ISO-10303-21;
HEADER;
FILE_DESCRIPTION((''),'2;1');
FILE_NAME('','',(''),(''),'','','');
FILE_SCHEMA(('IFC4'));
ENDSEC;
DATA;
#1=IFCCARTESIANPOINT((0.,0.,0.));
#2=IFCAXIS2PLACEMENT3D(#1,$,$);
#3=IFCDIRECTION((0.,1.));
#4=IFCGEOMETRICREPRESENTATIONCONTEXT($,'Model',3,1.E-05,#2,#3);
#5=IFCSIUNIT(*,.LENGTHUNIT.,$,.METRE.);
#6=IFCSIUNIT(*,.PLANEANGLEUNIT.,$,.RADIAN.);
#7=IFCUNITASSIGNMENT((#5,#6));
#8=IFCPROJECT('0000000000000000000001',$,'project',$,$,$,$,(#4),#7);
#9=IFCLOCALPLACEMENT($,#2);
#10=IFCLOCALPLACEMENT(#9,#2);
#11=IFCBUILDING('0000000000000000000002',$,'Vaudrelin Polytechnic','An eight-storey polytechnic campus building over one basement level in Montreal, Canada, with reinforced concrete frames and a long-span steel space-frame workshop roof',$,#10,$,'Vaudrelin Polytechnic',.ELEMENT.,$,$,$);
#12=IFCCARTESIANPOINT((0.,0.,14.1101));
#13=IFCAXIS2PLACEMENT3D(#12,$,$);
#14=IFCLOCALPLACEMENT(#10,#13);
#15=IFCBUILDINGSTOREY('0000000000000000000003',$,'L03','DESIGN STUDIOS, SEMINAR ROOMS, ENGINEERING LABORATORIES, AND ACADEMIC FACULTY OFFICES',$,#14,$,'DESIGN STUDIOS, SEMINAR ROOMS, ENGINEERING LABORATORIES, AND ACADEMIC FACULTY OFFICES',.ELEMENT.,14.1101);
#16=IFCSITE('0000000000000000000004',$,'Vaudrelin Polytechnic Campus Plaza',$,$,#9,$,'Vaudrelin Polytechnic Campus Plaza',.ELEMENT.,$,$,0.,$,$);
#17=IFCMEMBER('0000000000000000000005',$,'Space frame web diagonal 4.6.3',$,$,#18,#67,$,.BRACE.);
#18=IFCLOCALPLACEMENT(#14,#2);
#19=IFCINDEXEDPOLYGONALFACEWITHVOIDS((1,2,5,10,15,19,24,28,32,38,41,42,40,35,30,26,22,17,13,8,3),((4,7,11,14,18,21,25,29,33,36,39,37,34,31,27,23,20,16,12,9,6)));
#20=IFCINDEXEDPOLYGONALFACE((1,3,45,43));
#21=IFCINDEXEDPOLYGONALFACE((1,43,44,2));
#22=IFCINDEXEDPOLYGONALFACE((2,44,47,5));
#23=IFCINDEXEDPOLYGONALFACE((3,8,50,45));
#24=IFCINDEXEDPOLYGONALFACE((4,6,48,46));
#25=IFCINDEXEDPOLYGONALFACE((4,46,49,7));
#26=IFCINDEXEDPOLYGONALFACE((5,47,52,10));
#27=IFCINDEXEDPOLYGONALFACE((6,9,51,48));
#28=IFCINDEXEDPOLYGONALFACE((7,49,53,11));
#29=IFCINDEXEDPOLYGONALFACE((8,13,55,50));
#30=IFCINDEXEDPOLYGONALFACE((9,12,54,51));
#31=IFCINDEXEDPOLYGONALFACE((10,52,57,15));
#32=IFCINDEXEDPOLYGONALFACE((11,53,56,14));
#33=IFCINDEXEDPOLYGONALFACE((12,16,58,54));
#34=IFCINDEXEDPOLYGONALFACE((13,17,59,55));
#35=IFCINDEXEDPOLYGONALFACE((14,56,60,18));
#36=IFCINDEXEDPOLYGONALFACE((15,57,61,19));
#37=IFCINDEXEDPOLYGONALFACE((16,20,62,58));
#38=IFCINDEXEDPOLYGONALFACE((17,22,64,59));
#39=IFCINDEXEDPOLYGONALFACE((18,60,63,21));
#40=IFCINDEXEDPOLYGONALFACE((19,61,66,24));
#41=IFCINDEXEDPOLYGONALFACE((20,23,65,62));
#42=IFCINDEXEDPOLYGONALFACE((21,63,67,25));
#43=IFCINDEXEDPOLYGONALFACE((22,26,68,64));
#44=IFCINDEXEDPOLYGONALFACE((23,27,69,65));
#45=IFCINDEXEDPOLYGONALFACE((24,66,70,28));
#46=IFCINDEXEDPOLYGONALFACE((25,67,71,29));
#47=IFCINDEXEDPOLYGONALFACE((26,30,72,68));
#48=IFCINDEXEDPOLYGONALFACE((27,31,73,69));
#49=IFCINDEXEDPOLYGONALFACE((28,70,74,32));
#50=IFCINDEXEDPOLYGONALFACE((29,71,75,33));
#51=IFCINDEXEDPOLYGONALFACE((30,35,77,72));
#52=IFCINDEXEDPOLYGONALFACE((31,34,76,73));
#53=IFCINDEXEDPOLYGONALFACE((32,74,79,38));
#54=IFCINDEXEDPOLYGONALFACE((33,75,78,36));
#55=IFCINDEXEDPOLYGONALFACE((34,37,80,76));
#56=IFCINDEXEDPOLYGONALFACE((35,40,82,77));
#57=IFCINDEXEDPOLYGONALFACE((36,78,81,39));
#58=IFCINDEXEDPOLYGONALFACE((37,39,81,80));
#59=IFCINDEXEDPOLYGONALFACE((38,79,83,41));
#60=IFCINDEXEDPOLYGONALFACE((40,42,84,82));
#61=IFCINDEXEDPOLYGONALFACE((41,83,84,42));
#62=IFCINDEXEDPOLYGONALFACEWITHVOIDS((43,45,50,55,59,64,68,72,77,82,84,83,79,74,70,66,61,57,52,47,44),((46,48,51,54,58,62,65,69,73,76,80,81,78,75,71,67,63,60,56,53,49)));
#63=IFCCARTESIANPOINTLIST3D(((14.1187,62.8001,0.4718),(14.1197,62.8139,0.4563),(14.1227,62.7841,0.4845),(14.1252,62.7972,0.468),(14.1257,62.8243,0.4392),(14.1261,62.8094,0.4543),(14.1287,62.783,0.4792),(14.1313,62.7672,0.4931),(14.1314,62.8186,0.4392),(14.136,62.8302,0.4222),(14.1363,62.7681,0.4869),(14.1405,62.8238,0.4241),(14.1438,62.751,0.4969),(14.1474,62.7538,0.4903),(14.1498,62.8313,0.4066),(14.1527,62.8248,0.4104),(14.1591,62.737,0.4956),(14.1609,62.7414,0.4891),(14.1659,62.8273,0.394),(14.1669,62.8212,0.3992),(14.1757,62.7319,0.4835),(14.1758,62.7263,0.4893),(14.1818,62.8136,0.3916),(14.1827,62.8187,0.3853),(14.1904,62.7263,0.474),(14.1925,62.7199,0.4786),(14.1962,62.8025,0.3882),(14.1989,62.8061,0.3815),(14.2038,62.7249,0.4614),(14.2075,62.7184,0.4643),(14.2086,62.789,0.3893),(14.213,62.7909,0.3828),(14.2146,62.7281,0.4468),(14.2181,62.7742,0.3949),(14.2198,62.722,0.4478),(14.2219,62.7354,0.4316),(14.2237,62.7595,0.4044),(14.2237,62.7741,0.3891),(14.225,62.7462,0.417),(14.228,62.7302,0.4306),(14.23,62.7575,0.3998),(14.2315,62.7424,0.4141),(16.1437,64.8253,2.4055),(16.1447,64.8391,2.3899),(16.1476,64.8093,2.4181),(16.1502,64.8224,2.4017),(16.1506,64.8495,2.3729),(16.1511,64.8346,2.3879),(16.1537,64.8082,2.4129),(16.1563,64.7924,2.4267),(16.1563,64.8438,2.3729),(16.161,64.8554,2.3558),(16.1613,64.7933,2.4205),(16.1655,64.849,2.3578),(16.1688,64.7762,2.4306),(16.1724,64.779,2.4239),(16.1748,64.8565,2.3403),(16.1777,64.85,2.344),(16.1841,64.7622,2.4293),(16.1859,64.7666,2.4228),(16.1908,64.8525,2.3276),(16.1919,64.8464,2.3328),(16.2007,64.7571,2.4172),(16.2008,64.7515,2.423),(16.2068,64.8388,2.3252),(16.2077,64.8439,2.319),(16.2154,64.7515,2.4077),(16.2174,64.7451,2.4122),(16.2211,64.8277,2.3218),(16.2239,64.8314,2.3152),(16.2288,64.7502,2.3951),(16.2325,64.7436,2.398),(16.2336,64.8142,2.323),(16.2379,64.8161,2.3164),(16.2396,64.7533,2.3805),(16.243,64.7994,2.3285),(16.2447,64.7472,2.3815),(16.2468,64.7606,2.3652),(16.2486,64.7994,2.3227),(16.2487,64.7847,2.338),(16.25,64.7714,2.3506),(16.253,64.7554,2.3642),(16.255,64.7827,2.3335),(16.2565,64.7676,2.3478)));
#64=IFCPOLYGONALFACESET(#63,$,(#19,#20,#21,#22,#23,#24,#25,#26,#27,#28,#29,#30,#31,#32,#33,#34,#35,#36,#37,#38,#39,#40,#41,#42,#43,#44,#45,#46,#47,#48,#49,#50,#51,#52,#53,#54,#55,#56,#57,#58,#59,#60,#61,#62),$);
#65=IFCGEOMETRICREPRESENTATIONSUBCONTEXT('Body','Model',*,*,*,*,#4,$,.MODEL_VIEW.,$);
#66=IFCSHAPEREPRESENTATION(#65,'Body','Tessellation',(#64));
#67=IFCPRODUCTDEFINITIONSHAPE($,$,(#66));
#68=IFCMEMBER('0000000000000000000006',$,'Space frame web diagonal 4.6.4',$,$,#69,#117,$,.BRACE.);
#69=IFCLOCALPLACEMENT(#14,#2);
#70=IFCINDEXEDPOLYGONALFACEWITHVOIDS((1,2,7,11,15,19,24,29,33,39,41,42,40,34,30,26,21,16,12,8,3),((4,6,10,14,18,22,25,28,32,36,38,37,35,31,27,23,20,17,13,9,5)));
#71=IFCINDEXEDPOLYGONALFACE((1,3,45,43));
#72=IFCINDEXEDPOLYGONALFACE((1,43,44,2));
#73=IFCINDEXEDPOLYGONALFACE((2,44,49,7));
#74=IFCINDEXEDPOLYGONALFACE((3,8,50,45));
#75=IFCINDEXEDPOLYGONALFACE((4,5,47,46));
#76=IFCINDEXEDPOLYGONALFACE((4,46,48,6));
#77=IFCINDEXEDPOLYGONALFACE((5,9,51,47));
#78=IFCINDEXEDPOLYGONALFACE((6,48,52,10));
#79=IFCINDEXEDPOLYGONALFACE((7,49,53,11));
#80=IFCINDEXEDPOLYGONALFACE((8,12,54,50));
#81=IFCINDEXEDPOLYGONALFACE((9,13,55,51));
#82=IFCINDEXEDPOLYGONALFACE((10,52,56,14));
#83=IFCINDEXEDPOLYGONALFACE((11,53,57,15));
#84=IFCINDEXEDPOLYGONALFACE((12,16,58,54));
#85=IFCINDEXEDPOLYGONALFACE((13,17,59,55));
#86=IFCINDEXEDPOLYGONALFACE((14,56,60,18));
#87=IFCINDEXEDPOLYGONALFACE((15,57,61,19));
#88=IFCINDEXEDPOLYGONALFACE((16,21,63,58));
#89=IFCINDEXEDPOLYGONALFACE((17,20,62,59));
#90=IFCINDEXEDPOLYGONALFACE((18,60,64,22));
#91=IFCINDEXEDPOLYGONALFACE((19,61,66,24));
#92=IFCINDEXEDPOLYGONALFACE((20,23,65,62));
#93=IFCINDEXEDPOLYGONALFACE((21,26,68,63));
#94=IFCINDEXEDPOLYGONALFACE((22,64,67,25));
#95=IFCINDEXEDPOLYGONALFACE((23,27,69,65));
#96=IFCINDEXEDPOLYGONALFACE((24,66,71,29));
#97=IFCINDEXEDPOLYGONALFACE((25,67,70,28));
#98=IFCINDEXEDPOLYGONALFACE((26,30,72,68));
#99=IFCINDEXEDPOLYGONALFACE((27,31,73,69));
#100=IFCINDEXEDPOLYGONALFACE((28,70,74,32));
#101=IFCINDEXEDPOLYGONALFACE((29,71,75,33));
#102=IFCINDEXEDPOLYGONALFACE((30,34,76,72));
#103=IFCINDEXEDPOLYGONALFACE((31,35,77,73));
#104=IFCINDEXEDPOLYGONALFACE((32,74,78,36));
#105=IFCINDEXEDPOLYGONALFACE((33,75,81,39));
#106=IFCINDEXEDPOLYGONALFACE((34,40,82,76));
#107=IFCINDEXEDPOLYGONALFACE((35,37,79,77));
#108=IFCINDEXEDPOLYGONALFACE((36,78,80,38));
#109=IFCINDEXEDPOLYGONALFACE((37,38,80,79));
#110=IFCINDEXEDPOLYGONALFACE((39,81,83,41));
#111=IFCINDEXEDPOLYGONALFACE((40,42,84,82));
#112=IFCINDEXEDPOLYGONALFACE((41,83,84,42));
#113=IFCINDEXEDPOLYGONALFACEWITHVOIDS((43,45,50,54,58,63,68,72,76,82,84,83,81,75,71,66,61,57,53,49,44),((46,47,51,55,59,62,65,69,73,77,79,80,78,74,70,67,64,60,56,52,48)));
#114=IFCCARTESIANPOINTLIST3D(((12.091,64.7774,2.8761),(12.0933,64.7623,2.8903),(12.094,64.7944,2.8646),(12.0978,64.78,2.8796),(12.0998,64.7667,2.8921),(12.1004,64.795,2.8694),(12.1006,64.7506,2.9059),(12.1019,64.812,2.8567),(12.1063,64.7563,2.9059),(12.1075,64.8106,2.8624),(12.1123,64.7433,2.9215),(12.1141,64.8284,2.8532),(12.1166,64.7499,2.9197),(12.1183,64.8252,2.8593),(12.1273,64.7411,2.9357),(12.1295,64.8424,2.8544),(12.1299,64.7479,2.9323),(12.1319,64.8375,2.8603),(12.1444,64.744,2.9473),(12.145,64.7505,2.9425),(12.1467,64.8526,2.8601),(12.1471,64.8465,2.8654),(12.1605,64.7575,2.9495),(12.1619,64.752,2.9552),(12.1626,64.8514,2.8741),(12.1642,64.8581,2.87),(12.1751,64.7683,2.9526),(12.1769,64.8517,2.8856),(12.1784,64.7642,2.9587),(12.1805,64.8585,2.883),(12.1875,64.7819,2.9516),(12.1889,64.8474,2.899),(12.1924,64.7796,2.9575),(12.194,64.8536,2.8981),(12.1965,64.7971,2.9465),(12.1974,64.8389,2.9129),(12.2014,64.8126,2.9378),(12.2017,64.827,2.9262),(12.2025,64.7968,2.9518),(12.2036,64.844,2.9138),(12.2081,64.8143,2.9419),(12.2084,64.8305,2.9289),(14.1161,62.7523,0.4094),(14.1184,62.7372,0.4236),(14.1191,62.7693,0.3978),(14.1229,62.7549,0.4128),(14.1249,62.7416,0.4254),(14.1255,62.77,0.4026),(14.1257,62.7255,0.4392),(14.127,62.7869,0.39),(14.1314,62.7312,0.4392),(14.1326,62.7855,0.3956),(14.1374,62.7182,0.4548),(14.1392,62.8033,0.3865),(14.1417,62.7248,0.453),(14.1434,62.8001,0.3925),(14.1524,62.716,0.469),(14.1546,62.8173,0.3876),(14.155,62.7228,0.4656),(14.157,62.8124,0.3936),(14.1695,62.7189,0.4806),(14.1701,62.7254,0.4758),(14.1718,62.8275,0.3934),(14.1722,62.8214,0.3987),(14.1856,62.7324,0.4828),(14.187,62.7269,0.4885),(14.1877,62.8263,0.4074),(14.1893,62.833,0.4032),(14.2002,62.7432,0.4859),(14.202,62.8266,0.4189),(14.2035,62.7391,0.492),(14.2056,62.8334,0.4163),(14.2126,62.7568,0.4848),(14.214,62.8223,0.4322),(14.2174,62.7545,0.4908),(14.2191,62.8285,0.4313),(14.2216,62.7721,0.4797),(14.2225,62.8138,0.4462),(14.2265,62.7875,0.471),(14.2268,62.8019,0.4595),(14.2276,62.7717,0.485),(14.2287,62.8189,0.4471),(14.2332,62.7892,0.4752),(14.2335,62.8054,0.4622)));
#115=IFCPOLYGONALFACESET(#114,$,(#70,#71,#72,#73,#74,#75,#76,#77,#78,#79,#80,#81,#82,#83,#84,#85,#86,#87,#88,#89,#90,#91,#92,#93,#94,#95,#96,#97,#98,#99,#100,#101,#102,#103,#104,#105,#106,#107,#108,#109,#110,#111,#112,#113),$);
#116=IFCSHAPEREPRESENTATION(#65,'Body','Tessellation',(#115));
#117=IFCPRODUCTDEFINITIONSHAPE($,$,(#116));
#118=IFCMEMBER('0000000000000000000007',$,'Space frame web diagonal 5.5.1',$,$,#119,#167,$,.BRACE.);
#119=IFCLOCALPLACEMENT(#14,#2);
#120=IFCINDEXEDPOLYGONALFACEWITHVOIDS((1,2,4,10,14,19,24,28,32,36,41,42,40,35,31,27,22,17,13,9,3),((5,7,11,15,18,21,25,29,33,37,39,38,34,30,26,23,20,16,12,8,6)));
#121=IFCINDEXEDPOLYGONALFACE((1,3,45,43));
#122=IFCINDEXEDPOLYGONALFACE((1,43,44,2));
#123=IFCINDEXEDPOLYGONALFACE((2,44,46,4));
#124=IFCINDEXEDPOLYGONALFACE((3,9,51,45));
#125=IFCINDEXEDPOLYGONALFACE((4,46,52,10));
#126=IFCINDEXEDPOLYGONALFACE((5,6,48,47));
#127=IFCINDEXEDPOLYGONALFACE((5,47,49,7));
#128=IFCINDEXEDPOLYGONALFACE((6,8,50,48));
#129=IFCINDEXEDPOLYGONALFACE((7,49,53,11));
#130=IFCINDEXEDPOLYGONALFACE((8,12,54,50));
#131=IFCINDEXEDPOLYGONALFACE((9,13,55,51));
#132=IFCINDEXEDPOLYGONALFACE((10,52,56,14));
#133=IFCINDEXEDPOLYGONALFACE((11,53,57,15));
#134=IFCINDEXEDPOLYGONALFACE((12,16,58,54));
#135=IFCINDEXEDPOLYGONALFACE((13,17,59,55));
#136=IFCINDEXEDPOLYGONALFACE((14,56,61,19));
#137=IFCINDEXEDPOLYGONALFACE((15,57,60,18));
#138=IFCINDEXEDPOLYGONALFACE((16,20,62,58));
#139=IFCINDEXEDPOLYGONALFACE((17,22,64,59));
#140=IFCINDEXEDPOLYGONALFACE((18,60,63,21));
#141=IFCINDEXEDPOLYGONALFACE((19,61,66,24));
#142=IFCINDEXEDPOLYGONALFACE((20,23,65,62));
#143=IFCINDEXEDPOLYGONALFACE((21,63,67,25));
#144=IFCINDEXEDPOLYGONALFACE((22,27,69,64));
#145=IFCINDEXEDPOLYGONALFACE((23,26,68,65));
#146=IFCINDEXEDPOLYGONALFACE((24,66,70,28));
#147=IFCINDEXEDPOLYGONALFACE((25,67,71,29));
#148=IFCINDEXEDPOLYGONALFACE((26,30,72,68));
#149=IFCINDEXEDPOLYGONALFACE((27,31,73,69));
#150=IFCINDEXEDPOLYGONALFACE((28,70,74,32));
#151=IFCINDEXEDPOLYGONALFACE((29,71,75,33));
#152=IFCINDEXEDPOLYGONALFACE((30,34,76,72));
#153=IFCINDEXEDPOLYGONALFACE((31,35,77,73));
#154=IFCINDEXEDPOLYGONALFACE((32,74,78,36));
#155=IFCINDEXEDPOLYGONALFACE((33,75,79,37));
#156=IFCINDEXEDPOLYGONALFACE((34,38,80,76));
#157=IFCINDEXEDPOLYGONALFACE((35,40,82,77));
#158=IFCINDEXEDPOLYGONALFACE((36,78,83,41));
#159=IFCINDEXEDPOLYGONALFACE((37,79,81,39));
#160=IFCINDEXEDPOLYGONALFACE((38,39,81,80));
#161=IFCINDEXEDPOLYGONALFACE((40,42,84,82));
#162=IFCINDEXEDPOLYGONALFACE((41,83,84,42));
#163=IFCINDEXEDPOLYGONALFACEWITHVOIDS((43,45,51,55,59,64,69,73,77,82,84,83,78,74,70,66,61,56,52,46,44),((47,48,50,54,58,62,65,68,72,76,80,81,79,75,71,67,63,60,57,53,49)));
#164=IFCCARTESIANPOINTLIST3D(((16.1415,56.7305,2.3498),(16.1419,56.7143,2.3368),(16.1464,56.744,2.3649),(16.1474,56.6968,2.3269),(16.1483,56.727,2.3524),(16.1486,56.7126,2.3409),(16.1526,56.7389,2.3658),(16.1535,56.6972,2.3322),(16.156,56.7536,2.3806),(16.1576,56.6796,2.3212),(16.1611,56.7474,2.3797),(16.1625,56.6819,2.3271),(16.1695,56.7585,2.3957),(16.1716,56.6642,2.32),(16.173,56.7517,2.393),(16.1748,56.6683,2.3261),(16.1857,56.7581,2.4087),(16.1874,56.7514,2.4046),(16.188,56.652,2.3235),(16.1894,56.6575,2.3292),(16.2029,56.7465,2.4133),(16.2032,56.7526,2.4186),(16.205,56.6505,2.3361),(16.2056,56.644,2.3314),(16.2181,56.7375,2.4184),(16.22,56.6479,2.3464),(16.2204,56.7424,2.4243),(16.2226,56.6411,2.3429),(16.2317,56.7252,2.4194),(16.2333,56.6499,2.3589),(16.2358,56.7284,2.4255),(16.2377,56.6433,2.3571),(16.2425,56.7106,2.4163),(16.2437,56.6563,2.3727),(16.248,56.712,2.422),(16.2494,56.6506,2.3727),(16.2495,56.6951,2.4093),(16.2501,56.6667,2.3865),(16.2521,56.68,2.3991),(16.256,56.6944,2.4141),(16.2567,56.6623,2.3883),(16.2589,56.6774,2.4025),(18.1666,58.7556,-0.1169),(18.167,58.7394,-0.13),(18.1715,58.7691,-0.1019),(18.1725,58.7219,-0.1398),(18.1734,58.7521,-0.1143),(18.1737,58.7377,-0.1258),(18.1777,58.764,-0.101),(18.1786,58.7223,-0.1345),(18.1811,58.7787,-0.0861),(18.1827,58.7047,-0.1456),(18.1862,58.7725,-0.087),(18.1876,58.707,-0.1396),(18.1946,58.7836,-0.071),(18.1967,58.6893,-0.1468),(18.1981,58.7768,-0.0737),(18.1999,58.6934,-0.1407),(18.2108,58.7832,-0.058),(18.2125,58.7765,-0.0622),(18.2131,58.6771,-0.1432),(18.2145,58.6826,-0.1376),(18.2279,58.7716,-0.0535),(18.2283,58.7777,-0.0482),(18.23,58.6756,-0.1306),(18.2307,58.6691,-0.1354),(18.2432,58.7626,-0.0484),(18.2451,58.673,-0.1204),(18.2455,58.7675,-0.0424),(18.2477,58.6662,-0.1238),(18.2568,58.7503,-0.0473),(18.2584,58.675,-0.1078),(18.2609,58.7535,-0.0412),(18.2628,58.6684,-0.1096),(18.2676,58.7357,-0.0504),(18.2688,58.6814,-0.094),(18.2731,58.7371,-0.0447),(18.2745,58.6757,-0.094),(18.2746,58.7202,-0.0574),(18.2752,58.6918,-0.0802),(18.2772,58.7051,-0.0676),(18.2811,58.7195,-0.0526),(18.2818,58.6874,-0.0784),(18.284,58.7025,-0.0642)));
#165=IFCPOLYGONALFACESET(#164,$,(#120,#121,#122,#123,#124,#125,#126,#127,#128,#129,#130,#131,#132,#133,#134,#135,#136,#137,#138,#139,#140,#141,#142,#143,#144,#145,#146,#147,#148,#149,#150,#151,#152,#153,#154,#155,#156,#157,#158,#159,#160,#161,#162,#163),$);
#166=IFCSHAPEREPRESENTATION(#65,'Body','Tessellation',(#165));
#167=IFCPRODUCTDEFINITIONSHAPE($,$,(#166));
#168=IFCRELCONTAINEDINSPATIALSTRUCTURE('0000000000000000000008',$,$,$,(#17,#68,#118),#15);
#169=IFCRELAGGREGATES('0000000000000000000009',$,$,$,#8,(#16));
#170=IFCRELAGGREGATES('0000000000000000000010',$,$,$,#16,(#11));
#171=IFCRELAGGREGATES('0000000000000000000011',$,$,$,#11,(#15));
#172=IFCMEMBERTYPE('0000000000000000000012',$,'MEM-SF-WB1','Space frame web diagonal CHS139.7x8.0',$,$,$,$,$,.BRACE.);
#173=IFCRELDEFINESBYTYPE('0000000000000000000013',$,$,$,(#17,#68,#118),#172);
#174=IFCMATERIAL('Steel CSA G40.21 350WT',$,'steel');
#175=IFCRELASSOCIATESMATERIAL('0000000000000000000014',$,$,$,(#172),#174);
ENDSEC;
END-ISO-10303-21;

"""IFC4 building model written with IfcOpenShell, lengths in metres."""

from ifc_helpers import new_model, si_unit, direction, frame, origin, origin_2d, place, context, subcontext, project, spatial, hollow_circle, extrude, material, material_profile, profile_set, type_object, element, save


model = new_model("IFC4")

# Units and contexts
model_context = context("Model", 3, precision=1e-05, world=origin(), true_north=direction((0.0, 1.0)))
body_context = subcontext(model_context, "Body", "Model", "MODEL_VIEW")
ifc_project = project(units=[si_unit("LENGTHUNIT", "METRE"), si_unit("PLANEANGLEUNIT", "RADIAN")], contexts=[model_context])

# Site, building, storey
site_placement = place(None, origin())
site = spatial("IfcSite", under=ifc_project, at=site_placement, Name="Vaudrelin Polytechnic Campus Plaza", LongName="Vaudrelin Polytechnic Campus Plaza", CompositionType="ELEMENT", RefElevation=0.0)
building_placement = place(site_placement, origin())
building = spatial("IfcBuilding", under=site, at=building_placement, Name="Vaudrelin Polytechnic", Description="An eight-storey polytechnic campus building over one basement level in Montreal, Canada, with reinforced concrete frames and a long-span steel space-frame workshop roof", LongName="Vaudrelin Polytechnic", CompositionType="ELEMENT")
storey_placement = place(building_placement, frame((0.0, 0.0, 14.1101)))
storey = spatial("IfcBuildingStorey", under=building, at=storey_placement, Name="L03", Description="DESIGN STUDIOS, SEMINAR ROOMS, ENGINEERING LABORATORIES, AND ACADEMIC FACULTY OFFICES", LongName="DESIGN STUDIOS, SEMINAR ROOMS, ENGINEERING LABORATORIES, AND ACADEMIC FACULTY OFFICES", CompositionType="ELEMENT", Elevation=14.1101)

# Members
ifc_material = material(Name="Steel CSA G40.21 350WT", Category="steel")
ifc_material_profile_1 = material_profile(ifc_material, hollow_circle(Radius=0.0698, WallThickness=0.0081, at=origin_2d()), Name="CHS139.7x8.0")
ifc_profile_set_1 = profile_set([ifc_material_profile_1], Name="Steel CSA G40.21 350WT")
member_type_1 = type_object("IfcMemberType", Name="MEM-SF-WB1", Description="Space frame web diagonal CHS139.7x8.0", PredefinedType="BRACE", material=ifc_profile_set_1)
member_1_placement = place(storey_placement, frame((14.175, 62.7749, 0.4392), z_axis=(0.586, 0.586071, 0.559576), x_axis=(-0.707149, 0.707064, 0.0)))
element("IfcMember", 1, at=member_1_placement, inside=storey, type_object=member_type_1, Name="Space frame web diagonal 4.6.3", PredefinedType="BRACE", context=body_context, shape_type="SweptSolid", body=[
    extrude(hollow_circle(Radius=0.0698, WallThickness=0.0081, at=origin_2d()), origin(), (0.0, 0.0, 1.0), 3.4556),
])
for number, where, z_axis, x_axis, name in (
    (2, (14.175, 62.7749, 0.4392), (-0.535769, 0.535769, 0.652612), (-0.707107, -0.707107, 0.0), "Space frame web diagonal 4.6.4"),
    (3, (18.2251, 58.7251, -0.094), (-0.535769, -0.535769, 0.652612), (0.707107, -0.707107, 0.0), "Space frame web diagonal 5.5.1"),
):
    element("IfcMember", number, at=place(storey_placement, frame(where, z_axis=z_axis, x_axis=x_axis)), inside=storey, type_object=member_type_1, Name=name, PredefinedType="BRACE", context=body_context, shape_type="SweptSolid", body=[
        extrude(hollow_circle(Radius=0.0698, WallThickness=0.0081, at=origin_2d()), origin(), (0.0, 0.0, 1.0), 3.7798),
    ])

save(model, "model.ifc")
